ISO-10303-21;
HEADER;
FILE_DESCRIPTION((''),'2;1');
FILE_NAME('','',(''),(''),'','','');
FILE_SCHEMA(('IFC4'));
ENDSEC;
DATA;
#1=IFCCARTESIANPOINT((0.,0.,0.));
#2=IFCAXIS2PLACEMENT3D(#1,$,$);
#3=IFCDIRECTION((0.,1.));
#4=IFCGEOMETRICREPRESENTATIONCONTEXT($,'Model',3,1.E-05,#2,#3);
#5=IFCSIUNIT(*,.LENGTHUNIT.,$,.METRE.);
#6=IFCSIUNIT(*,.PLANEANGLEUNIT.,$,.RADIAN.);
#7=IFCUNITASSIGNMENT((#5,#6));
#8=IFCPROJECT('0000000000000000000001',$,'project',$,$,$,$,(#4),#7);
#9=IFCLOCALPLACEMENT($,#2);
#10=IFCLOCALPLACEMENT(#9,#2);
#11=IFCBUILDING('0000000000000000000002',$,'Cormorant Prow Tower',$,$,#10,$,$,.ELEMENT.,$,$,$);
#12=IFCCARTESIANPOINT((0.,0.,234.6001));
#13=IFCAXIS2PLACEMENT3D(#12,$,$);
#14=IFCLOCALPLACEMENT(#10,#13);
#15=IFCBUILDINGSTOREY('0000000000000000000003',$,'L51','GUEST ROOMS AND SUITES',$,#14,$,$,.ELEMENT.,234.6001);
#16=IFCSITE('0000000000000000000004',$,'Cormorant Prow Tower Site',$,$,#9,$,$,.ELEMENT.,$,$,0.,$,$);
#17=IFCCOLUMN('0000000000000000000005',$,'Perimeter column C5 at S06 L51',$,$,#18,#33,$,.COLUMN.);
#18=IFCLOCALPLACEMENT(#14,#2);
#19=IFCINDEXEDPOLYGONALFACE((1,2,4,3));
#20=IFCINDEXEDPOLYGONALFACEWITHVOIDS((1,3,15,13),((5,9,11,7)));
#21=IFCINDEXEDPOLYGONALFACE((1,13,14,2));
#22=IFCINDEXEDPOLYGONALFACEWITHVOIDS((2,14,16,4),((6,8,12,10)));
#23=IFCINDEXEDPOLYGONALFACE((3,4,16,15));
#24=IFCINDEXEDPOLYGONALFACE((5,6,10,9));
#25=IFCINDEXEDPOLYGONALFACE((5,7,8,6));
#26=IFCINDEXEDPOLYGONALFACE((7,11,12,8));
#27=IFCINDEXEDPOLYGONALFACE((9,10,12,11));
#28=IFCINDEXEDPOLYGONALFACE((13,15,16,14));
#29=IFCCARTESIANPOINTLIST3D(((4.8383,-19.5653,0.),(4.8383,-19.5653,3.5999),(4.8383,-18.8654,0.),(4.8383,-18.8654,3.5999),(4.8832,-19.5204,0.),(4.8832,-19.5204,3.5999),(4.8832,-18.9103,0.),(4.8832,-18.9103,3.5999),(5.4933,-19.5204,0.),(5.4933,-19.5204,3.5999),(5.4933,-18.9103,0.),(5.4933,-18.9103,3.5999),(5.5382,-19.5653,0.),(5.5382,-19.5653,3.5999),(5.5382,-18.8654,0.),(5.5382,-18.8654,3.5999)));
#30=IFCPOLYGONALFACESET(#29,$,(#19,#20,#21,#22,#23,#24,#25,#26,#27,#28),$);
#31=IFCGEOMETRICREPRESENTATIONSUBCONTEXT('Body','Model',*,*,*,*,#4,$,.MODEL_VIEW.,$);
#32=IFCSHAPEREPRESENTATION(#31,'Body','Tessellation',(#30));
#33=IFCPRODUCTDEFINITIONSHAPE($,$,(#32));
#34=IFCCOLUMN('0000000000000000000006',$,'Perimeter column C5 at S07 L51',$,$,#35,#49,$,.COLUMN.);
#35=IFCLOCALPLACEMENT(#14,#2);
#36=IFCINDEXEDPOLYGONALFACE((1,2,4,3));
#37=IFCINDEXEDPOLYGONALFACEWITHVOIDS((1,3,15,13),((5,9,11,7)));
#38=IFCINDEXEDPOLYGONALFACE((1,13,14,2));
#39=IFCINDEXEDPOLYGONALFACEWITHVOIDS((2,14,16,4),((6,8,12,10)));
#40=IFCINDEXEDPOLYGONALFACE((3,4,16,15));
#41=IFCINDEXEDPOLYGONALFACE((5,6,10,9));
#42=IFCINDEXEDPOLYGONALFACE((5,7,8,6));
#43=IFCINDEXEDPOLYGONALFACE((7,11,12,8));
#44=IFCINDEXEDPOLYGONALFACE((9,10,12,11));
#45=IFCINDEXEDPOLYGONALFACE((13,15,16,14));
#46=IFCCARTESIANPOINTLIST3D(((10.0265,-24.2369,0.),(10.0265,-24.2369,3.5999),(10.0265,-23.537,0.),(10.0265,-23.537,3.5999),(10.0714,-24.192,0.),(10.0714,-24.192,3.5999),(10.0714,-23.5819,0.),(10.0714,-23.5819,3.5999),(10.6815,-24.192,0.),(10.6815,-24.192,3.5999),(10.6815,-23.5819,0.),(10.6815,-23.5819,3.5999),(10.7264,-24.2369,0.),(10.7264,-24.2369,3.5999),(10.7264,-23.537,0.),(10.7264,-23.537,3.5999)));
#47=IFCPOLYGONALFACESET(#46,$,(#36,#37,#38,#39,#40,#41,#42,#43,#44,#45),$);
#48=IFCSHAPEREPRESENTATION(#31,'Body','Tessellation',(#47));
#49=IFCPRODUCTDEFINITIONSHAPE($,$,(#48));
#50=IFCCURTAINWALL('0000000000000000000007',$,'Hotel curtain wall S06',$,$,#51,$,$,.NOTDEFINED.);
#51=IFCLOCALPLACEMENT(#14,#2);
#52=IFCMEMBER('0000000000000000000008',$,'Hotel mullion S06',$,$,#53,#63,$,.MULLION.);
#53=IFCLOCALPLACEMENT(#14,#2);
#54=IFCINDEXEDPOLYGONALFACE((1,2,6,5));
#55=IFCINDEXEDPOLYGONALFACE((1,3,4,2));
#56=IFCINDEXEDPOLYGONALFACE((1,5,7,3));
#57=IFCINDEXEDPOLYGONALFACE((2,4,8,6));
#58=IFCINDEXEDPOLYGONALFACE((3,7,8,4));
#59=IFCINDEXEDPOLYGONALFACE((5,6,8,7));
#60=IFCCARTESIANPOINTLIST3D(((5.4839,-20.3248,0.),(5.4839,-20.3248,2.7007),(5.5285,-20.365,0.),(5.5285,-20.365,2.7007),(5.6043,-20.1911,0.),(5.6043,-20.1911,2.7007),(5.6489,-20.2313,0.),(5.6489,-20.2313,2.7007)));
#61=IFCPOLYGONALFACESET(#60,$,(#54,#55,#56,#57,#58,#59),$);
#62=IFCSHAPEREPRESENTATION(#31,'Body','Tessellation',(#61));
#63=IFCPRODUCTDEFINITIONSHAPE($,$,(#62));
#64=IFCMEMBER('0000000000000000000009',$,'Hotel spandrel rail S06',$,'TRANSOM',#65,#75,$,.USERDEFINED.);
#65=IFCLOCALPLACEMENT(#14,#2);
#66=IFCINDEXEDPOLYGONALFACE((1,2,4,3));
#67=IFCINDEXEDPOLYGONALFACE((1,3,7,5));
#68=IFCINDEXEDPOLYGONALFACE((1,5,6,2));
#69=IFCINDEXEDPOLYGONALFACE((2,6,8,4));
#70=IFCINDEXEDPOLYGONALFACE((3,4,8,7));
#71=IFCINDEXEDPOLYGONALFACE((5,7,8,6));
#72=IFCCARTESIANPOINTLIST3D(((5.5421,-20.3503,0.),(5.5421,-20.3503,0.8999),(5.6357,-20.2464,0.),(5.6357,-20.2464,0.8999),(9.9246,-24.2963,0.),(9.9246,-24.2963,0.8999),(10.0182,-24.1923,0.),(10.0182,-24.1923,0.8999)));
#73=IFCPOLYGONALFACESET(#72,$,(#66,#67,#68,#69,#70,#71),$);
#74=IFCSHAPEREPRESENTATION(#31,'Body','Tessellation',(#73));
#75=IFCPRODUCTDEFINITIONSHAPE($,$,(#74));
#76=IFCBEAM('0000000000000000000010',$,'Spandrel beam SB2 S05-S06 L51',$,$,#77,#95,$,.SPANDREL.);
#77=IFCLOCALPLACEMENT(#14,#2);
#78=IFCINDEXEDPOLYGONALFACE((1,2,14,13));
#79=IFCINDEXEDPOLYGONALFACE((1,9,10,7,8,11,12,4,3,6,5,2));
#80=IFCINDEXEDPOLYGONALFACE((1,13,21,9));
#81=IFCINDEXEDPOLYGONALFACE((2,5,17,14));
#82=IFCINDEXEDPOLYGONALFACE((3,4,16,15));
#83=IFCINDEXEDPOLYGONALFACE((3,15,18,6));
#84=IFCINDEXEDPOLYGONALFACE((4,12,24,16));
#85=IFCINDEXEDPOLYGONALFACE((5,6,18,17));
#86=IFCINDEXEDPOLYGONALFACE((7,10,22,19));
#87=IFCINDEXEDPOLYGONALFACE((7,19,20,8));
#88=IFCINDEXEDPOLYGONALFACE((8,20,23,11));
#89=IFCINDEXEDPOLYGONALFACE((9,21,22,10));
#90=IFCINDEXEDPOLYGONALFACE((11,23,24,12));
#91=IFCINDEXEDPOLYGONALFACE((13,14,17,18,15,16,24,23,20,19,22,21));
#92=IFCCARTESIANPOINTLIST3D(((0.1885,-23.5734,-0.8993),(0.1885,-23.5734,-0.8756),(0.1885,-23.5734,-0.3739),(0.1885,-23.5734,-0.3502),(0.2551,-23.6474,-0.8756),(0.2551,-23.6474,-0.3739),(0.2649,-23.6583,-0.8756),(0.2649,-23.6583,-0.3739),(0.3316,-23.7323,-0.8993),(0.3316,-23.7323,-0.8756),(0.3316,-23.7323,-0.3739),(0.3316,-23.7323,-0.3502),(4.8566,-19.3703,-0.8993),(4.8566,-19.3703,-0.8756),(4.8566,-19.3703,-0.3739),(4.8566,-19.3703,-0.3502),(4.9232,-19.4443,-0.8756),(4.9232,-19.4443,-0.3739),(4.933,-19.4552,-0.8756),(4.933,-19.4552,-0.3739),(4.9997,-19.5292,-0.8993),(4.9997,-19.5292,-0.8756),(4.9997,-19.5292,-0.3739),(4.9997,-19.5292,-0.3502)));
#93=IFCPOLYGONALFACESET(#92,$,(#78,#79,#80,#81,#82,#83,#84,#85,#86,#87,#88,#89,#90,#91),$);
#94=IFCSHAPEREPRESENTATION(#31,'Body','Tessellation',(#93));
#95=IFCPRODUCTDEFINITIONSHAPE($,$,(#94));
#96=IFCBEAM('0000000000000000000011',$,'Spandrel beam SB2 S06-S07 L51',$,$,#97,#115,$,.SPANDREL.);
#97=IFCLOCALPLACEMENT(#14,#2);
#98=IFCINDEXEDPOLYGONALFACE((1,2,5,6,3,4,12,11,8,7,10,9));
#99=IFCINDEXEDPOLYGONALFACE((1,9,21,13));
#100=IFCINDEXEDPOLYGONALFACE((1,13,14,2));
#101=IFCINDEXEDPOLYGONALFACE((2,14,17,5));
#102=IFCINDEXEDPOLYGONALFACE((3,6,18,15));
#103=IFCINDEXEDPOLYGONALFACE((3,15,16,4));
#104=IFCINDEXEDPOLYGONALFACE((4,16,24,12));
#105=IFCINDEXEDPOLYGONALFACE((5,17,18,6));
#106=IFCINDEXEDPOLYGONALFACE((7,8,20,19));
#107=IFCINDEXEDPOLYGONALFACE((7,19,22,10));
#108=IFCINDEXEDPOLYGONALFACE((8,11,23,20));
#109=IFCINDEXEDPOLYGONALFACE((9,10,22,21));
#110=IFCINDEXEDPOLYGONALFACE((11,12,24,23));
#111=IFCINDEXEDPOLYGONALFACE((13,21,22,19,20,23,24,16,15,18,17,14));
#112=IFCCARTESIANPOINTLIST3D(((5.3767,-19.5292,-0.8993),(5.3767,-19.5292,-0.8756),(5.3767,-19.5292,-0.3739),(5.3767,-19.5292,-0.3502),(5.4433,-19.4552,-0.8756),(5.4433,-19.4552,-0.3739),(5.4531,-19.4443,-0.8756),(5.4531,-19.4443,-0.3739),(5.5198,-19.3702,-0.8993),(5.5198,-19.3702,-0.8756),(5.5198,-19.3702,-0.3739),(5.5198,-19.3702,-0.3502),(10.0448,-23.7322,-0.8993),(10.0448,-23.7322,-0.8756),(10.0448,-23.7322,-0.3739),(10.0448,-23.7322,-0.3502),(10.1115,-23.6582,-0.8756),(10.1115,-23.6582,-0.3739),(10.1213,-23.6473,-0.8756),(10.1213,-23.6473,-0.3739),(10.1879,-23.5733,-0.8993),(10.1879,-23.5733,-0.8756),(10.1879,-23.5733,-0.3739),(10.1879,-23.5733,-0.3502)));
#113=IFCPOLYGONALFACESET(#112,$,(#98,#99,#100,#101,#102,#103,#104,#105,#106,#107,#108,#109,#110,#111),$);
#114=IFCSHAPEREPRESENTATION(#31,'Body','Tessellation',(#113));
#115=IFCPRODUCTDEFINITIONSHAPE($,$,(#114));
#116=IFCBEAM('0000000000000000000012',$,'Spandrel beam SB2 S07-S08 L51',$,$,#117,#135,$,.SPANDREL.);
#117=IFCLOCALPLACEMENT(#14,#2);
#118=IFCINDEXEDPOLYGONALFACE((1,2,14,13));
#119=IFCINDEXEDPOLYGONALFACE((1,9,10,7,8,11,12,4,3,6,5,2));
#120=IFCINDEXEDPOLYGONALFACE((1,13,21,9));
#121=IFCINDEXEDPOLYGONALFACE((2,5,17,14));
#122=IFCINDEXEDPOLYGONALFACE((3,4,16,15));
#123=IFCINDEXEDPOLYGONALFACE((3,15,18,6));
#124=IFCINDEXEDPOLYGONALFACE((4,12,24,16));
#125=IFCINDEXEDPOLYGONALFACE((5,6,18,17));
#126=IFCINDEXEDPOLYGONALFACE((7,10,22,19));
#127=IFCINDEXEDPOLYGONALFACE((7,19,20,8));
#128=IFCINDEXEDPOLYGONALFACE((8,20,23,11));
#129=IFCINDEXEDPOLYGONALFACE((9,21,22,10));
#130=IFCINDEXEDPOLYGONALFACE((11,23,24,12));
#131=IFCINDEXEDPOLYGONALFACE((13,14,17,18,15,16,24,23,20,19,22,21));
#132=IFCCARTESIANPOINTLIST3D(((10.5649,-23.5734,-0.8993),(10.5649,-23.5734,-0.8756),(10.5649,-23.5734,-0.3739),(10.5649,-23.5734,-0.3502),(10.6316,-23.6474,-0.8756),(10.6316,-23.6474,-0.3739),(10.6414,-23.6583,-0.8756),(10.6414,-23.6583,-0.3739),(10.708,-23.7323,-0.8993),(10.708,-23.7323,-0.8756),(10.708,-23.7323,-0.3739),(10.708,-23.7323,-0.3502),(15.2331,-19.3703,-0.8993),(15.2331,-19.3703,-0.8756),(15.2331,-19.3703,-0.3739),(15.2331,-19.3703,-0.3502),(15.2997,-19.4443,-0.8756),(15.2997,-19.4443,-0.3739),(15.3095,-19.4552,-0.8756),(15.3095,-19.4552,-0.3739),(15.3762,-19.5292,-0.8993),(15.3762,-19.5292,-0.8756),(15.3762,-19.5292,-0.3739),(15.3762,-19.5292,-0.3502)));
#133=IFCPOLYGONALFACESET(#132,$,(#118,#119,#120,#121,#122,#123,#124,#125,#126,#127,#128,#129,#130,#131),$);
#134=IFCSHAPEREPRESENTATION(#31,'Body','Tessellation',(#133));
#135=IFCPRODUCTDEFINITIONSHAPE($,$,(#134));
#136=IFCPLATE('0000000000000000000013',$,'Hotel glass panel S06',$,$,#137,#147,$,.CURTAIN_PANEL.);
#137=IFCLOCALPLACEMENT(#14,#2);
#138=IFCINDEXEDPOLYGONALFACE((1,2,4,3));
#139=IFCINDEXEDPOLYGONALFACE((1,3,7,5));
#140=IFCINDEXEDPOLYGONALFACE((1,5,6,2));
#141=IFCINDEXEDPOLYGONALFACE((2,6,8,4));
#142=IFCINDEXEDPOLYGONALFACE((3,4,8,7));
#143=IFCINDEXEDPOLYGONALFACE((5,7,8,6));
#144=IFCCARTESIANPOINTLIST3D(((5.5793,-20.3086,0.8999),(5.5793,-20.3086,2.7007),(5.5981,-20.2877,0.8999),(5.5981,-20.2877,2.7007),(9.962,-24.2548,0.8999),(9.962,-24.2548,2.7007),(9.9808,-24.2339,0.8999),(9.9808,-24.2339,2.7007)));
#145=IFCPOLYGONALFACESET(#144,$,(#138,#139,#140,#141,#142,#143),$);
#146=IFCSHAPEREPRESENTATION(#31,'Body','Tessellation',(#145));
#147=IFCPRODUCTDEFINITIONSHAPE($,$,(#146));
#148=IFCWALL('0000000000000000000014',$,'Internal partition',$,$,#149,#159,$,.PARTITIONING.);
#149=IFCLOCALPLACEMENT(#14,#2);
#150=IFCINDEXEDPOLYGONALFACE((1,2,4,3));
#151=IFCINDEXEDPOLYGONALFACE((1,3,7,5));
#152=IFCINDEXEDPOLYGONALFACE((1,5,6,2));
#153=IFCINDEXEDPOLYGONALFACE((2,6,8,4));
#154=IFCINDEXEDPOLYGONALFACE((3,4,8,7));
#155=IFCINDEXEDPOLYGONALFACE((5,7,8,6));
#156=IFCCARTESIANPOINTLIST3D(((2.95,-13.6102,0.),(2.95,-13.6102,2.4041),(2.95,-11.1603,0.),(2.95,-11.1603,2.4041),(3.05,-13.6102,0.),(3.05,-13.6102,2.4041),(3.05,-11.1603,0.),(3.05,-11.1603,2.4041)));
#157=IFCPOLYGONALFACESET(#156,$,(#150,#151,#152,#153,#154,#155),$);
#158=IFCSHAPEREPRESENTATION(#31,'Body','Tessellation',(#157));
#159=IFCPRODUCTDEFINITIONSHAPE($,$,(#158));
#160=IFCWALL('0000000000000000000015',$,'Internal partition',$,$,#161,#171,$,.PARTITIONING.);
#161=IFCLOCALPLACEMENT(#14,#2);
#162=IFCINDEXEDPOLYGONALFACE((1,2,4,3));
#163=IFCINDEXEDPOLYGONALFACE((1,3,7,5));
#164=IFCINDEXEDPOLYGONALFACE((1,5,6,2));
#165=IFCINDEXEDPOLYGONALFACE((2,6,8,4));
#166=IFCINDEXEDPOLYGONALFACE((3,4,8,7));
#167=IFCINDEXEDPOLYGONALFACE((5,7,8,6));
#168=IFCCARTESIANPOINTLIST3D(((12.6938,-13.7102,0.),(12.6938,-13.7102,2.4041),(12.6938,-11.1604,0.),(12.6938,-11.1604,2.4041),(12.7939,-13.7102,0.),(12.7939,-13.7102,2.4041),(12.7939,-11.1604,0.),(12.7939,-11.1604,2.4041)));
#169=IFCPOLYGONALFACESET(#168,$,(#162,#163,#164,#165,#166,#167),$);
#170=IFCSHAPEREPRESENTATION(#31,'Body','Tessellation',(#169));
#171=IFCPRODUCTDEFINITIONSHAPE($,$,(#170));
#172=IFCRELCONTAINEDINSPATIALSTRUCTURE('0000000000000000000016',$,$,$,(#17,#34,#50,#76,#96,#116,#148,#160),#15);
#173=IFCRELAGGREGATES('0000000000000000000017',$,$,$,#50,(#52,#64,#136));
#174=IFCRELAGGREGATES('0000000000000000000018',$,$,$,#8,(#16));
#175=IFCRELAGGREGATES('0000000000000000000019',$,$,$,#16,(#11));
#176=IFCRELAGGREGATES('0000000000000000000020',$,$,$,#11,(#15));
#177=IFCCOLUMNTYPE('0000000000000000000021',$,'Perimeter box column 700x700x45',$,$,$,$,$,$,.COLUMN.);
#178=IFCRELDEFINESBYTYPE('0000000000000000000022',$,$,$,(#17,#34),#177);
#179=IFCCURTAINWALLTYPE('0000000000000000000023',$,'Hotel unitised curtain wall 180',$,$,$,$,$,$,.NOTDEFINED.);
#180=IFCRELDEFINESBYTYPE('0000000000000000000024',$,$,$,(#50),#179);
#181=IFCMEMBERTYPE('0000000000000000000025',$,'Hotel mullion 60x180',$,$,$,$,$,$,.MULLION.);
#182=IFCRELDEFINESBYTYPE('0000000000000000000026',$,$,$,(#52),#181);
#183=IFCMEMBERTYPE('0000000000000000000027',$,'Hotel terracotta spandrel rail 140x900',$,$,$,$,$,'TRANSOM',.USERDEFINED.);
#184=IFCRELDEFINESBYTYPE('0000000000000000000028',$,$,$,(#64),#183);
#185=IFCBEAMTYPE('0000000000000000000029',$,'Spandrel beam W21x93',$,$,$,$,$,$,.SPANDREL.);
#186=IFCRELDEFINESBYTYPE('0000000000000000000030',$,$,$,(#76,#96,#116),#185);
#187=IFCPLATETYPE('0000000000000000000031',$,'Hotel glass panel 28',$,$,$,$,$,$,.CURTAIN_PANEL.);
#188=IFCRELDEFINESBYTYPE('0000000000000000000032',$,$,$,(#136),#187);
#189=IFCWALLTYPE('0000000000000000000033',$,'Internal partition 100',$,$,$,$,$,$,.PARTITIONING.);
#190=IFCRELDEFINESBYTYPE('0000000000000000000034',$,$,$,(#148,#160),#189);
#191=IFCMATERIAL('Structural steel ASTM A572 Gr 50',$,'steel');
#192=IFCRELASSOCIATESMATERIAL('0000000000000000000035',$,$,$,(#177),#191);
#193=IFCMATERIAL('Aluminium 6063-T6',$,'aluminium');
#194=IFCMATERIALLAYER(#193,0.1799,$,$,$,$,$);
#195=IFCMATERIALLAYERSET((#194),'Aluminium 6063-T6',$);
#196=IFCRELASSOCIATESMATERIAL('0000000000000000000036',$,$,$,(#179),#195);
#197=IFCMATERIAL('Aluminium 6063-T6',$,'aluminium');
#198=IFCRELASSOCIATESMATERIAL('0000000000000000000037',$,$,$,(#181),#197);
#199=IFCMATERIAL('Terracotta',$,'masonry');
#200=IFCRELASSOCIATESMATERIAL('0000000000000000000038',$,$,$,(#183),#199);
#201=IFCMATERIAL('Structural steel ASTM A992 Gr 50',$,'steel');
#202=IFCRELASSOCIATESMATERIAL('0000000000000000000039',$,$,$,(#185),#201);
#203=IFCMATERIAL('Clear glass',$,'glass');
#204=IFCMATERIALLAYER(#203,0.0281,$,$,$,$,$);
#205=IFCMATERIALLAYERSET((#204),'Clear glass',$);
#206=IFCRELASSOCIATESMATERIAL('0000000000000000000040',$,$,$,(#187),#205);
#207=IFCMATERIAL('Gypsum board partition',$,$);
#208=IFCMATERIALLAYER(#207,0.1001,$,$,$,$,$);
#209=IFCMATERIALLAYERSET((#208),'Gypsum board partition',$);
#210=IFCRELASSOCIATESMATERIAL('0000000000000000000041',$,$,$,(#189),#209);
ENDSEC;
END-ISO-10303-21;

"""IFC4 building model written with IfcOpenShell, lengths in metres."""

from ifc_helpers import new_model, si_unit, direction, frame, frame_2d, origin, origin_2d, place, context, subcontext, project, spatial, rectangle, hollow_rectangle, i_section, extrude, material, layer, layer_set, material_profile, profile_set, type_object, element, aggregate, save


model = new_model("IFC4")

# Units and contexts
model_context = context("Model", 3, precision=1e-05, world=origin(), true_north=direction((0.0, 1.0)))
body_context = subcontext(model_context, "Body", "Model", "MODEL_VIEW")
ifc_project = project(units=[si_unit("LENGTHUNIT", "METRE"), si_unit("PLANEANGLEUNIT", "RADIAN")], contexts=[model_context])

# Site, building, storey
site_placement = place(None, origin())
site = spatial("IfcSite", under=ifc_project, at=site_placement, Name="Cormorant Prow Tower Site", CompositionType="ELEMENT", RefElevation=0.0)
building_placement = place(site_placement, origin())
building = spatial("IfcBuilding", under=site, at=building_placement, Name="Cormorant Prow Tower", CompositionType="ELEMENT")
storey_placement = place(building_placement, frame((0.0, 0.0, 234.6001)))
storey = spatial("IfcBuildingStorey", under=building, at=storey_placement, Name="L51", Description="GUEST ROOMS AND SUITES", CompositionType="ELEMENT", Elevation=234.6001)

# Columns
ifc_material_1 = material(Name="Structural steel ASTM A572 Gr 50", Category="steel")
ifc_material_profile_1 = material_profile(ifc_material_1, hollow_rectangle(XDim=0.7, YDim=0.7, WallThickness=0.0449, at=origin_2d()), Name="Box 700x700x45")
ifc_profile_set_1 = profile_set([ifc_material_profile_1], Name="Structural steel ASTM A572 Gr 50")
column_type = type_object("IfcColumnType", Name="Perimeter box column 700x700x45", PredefinedType="COLUMN", material=ifc_profile_set_1)
for number, where, z_axis, x_axis, name in (
    (1, (5.1882, -19.2153, 0.0), (0.0, 0.0, 1.0), (1.0, 0.0, 0.0), "Perimeter column C5 at S06 L51"),
    (2, (10.3765, -23.887, 0.0), (0.0, 0.0, 1.0), (1.0, 0.0, 0.0), "Perimeter column C5 at S07 L51"),
):
    element("IfcColumn", number, at=place(storey_placement, frame(where, z_axis=z_axis, x_axis=x_axis)), inside=storey, type_object=column_type, Name=name, PredefinedType="COLUMN", context=body_context, shape_type="SweptSolid", body=[
        extrude(hollow_rectangle(XDim=0.7, YDim=0.7, WallThickness=0.0449, at=origin_2d()), origin(), (0.0, 0.0, 1.0), 3.5999),
    ])

# Curtain wall, members
ifc_material_2 = material(Name="Aluminium 6063-T6", Category="aluminium")
ifc_layer_1 = layer(ifc_material_2, 0.1799)
ifc_layer_set_1 = layer_set([ifc_layer_1], Name="Aluminium 6063-T6")
curtain_wall_type = type_object("IfcCurtainWallType", Name="Hotel unitised curtain wall 180", PredefinedType="NOTDEFINED", material=ifc_layer_set_1)
curtain_wall_placement = place(storey_placement, origin())
curtain_wall = element("IfcCurtainWall", 3, at=curtain_wall_placement, inside=storey, type_object=curtain_wall_type, Name="Hotel curtain wall S06", PredefinedType="NOTDEFINED")
ifc_material_3 = material(Name="Aluminium 6063-T6", Category="aluminium")
ifc_material_profile_2 = material_profile(ifc_material_3, rectangle(XDim=0.1799, YDim=0.0601, at=origin_2d()), Name="Hotel mullion 60x180")
ifc_profile_set_2 = profile_set([ifc_material_profile_2], Name="Aluminium 6063-T6")
member_type_1 = type_object("IfcMemberType", Name="Hotel mullion 60x180", PredefinedType="MULLION", material=ifc_profile_set_2)
member_1_placement = place(storey_placement, frame((5.5664, -20.2781, 0.0), z_axis=(0.0, 0.0, 1.0), x_axis=(0.669131, 0.743145, 0.0)))
member_1 = element("IfcMember", 4, at=member_1_placement, type_object=member_type_1, Name="Hotel mullion S06", PredefinedType="MULLION", context=body_context, shape_type="SweptSolid", body=[
    extrude(rectangle(XDim=0.1799, YDim=0.0601, at=origin_2d()), origin(), (0.0, 0.0, 1.0), 2.7007),
])
ifc_material_4 = material(Name="Terracotta", Category="masonry")
ifc_material_profile_3 = material_profile(ifc_material_4, rectangle(XDim=0.1399, YDim=0.8999, at=origin_2d()), Name="Hotel terracotta spandrel rail 140x900")
ifc_profile_set_3 = profile_set([ifc_material_profile_3], Name="Terracotta")
member_type_2 = type_object("IfcMemberType", Name="Hotel terracotta spandrel rail 140x900", ElementType="TRANSOM", PredefinedType="USERDEFINED", material=ifc_profile_set_3)
member_2_placement = place(storey_placement, frame((5.5889, -20.2983, 0.45), z_axis=(0.743148, -0.669127, 0.0), x_axis=(0.669127, 0.743148, 0.0)))
member_2 = element("IfcMember", 5, at=member_2_placement, type_object=member_type_2, Name="Hotel spandrel rail S06", ObjectType="TRANSOM", PredefinedType="USERDEFINED", context=body_context, shape_type="SweptSolid", body=[
    extrude(rectangle(XDim=0.1399, YDim=0.8999, at=origin_2d()), origin(), (0.0, 0.0, 1.0), 5.8972),
])

# Beams
ifc_material_5 = material(Name="Structural steel ASTM A992 Gr 50", Category="steel")
ifc_material_profile_4 = material_profile(ifc_material_5, i_section(OverallWidth=0.2139, OverallDepth=0.5491, WebThickness=0.0146, FlangeThickness=0.0237, at=origin_2d()), Name="W21x93")
ifc_profile_set_4 = profile_set([ifc_material_profile_4], Name="Structural steel ASTM A992 Gr 50")
beam_type = type_object("IfcBeamType", Name="Spandrel beam W21x93", PredefinedType="SPANDREL", material=ifc_profile_set_4)
for number, where, z_axis, x_axis, name in (
    (6, (0.26, -23.6528, -0.6248), (0.743157, 0.669117, 0.0), (-0.669117, 0.743157, 0.0), "Spandrel beam SB2 S05-S06 L51"),
    (7, (5.4482, -19.4497, -0.6248), (0.743157, -0.669117, 0.0), (0.669117, 0.743157, 0.0), "Spandrel beam SB2 S06-S07 L51"),
    (8, (10.6365, -23.6528, -0.6248), (0.743157, 0.669117, 0.0), (-0.669117, 0.743157, 0.0), "Spandrel beam SB2 S07-S08 L51"),
):
    element("IfcBeam", number, at=place(storey_placement, frame(where, z_axis=z_axis, x_axis=x_axis)), inside=storey, type_object=beam_type, Name=name, PredefinedType="SPANDREL", context=body_context, shape_type="SweptSolid", body=[
        extrude(i_section(OverallWidth=0.2139, OverallDepth=0.5491, WebThickness=0.0146, FlangeThickness=0.0237, at=origin_2d()), origin(), (0.0, 0.0, 1.0), 6.2815),
    ])

# Plate
ifc_material_6 = material(Name="Clear glass", Category="glass")
ifc_layer_2 = layer(ifc_material_6, 0.0281)
ifc_layer_set_2 = layer_set([ifc_layer_2], Name="Clear glass")
plate_type = type_object("IfcPlateType", Name="Hotel glass panel 28", PredefinedType="CURTAIN_PANEL", material=ifc_layer_set_2)
plate_placement = place(storey_placement, frame((7.78, -22.2712, 0.8999), z_axis=(0.0, 0.0, 1.0), x_axis=(0.743145, -0.669131, 0.0)))
plate = element("IfcPlate", 9, at=plate_placement, type_object=plate_type, Name="Hotel glass panel S06", PredefinedType="CURTAIN_PANEL", context=body_context, shape_type="SweptSolid", body=[
    extrude(rectangle(XDim=5.8975, YDim=0.0281, at=origin_2d()), origin(), (0.0, 0.0, 1.0), 1.8008),
])
aggregate(curtain_wall, [member_1, member_2, plate])

# Walls
ifc_material_7 = material(Name="Gypsum board partition")
ifc_layer_3 = layer(ifc_material_7, 0.1001)
ifc_layer_set_3 = layer_set([ifc_layer_3], Name="Gypsum board partition")
wall_type_1 = type_object("IfcWallType", Name="Internal partition 100", PredefinedType="PARTITIONING", material=ifc_layer_set_3)
wall_1_placement = place(storey_placement, frame((3.0, -13.6104, 0.0), z_axis=(0.0, 0.0, 1.0), x_axis=(0.0, 1.0, 0.0)))
element("IfcWall", 10, at=wall_1_placement, inside=storey, type_object=wall_type_1, Name="Internal partition", PredefinedType="PARTITIONING", context=body_context, shape_type="SweptSolid", body=[
    extrude(rectangle(XDim=2.45, YDim=0.1001, at=frame_2d((1.2251, 0.0))), origin(), (0.0, 0.0, 1.0), 2.4041),
])
wall_2_placement = place(storey_placement, frame((12.7439, -13.7102, 0.0), z_axis=(0.0, 0.0, 1.0), x_axis=(0.0, 1.0, 0.0)))
element("IfcWall", 11, at=wall_2_placement, inside=storey, type_object=wall_type_1, Name="Internal partition", PredefinedType="PARTITIONING", context=body_context, shape_type="SweptSolid", body=[
    extrude(rectangle(XDim=2.5498, YDim=0.1001, at=frame_2d((1.2749, 0.0))), origin(), (0.0, 0.0, 1.0), 2.4041),
])

save(model, "model.ifc")
